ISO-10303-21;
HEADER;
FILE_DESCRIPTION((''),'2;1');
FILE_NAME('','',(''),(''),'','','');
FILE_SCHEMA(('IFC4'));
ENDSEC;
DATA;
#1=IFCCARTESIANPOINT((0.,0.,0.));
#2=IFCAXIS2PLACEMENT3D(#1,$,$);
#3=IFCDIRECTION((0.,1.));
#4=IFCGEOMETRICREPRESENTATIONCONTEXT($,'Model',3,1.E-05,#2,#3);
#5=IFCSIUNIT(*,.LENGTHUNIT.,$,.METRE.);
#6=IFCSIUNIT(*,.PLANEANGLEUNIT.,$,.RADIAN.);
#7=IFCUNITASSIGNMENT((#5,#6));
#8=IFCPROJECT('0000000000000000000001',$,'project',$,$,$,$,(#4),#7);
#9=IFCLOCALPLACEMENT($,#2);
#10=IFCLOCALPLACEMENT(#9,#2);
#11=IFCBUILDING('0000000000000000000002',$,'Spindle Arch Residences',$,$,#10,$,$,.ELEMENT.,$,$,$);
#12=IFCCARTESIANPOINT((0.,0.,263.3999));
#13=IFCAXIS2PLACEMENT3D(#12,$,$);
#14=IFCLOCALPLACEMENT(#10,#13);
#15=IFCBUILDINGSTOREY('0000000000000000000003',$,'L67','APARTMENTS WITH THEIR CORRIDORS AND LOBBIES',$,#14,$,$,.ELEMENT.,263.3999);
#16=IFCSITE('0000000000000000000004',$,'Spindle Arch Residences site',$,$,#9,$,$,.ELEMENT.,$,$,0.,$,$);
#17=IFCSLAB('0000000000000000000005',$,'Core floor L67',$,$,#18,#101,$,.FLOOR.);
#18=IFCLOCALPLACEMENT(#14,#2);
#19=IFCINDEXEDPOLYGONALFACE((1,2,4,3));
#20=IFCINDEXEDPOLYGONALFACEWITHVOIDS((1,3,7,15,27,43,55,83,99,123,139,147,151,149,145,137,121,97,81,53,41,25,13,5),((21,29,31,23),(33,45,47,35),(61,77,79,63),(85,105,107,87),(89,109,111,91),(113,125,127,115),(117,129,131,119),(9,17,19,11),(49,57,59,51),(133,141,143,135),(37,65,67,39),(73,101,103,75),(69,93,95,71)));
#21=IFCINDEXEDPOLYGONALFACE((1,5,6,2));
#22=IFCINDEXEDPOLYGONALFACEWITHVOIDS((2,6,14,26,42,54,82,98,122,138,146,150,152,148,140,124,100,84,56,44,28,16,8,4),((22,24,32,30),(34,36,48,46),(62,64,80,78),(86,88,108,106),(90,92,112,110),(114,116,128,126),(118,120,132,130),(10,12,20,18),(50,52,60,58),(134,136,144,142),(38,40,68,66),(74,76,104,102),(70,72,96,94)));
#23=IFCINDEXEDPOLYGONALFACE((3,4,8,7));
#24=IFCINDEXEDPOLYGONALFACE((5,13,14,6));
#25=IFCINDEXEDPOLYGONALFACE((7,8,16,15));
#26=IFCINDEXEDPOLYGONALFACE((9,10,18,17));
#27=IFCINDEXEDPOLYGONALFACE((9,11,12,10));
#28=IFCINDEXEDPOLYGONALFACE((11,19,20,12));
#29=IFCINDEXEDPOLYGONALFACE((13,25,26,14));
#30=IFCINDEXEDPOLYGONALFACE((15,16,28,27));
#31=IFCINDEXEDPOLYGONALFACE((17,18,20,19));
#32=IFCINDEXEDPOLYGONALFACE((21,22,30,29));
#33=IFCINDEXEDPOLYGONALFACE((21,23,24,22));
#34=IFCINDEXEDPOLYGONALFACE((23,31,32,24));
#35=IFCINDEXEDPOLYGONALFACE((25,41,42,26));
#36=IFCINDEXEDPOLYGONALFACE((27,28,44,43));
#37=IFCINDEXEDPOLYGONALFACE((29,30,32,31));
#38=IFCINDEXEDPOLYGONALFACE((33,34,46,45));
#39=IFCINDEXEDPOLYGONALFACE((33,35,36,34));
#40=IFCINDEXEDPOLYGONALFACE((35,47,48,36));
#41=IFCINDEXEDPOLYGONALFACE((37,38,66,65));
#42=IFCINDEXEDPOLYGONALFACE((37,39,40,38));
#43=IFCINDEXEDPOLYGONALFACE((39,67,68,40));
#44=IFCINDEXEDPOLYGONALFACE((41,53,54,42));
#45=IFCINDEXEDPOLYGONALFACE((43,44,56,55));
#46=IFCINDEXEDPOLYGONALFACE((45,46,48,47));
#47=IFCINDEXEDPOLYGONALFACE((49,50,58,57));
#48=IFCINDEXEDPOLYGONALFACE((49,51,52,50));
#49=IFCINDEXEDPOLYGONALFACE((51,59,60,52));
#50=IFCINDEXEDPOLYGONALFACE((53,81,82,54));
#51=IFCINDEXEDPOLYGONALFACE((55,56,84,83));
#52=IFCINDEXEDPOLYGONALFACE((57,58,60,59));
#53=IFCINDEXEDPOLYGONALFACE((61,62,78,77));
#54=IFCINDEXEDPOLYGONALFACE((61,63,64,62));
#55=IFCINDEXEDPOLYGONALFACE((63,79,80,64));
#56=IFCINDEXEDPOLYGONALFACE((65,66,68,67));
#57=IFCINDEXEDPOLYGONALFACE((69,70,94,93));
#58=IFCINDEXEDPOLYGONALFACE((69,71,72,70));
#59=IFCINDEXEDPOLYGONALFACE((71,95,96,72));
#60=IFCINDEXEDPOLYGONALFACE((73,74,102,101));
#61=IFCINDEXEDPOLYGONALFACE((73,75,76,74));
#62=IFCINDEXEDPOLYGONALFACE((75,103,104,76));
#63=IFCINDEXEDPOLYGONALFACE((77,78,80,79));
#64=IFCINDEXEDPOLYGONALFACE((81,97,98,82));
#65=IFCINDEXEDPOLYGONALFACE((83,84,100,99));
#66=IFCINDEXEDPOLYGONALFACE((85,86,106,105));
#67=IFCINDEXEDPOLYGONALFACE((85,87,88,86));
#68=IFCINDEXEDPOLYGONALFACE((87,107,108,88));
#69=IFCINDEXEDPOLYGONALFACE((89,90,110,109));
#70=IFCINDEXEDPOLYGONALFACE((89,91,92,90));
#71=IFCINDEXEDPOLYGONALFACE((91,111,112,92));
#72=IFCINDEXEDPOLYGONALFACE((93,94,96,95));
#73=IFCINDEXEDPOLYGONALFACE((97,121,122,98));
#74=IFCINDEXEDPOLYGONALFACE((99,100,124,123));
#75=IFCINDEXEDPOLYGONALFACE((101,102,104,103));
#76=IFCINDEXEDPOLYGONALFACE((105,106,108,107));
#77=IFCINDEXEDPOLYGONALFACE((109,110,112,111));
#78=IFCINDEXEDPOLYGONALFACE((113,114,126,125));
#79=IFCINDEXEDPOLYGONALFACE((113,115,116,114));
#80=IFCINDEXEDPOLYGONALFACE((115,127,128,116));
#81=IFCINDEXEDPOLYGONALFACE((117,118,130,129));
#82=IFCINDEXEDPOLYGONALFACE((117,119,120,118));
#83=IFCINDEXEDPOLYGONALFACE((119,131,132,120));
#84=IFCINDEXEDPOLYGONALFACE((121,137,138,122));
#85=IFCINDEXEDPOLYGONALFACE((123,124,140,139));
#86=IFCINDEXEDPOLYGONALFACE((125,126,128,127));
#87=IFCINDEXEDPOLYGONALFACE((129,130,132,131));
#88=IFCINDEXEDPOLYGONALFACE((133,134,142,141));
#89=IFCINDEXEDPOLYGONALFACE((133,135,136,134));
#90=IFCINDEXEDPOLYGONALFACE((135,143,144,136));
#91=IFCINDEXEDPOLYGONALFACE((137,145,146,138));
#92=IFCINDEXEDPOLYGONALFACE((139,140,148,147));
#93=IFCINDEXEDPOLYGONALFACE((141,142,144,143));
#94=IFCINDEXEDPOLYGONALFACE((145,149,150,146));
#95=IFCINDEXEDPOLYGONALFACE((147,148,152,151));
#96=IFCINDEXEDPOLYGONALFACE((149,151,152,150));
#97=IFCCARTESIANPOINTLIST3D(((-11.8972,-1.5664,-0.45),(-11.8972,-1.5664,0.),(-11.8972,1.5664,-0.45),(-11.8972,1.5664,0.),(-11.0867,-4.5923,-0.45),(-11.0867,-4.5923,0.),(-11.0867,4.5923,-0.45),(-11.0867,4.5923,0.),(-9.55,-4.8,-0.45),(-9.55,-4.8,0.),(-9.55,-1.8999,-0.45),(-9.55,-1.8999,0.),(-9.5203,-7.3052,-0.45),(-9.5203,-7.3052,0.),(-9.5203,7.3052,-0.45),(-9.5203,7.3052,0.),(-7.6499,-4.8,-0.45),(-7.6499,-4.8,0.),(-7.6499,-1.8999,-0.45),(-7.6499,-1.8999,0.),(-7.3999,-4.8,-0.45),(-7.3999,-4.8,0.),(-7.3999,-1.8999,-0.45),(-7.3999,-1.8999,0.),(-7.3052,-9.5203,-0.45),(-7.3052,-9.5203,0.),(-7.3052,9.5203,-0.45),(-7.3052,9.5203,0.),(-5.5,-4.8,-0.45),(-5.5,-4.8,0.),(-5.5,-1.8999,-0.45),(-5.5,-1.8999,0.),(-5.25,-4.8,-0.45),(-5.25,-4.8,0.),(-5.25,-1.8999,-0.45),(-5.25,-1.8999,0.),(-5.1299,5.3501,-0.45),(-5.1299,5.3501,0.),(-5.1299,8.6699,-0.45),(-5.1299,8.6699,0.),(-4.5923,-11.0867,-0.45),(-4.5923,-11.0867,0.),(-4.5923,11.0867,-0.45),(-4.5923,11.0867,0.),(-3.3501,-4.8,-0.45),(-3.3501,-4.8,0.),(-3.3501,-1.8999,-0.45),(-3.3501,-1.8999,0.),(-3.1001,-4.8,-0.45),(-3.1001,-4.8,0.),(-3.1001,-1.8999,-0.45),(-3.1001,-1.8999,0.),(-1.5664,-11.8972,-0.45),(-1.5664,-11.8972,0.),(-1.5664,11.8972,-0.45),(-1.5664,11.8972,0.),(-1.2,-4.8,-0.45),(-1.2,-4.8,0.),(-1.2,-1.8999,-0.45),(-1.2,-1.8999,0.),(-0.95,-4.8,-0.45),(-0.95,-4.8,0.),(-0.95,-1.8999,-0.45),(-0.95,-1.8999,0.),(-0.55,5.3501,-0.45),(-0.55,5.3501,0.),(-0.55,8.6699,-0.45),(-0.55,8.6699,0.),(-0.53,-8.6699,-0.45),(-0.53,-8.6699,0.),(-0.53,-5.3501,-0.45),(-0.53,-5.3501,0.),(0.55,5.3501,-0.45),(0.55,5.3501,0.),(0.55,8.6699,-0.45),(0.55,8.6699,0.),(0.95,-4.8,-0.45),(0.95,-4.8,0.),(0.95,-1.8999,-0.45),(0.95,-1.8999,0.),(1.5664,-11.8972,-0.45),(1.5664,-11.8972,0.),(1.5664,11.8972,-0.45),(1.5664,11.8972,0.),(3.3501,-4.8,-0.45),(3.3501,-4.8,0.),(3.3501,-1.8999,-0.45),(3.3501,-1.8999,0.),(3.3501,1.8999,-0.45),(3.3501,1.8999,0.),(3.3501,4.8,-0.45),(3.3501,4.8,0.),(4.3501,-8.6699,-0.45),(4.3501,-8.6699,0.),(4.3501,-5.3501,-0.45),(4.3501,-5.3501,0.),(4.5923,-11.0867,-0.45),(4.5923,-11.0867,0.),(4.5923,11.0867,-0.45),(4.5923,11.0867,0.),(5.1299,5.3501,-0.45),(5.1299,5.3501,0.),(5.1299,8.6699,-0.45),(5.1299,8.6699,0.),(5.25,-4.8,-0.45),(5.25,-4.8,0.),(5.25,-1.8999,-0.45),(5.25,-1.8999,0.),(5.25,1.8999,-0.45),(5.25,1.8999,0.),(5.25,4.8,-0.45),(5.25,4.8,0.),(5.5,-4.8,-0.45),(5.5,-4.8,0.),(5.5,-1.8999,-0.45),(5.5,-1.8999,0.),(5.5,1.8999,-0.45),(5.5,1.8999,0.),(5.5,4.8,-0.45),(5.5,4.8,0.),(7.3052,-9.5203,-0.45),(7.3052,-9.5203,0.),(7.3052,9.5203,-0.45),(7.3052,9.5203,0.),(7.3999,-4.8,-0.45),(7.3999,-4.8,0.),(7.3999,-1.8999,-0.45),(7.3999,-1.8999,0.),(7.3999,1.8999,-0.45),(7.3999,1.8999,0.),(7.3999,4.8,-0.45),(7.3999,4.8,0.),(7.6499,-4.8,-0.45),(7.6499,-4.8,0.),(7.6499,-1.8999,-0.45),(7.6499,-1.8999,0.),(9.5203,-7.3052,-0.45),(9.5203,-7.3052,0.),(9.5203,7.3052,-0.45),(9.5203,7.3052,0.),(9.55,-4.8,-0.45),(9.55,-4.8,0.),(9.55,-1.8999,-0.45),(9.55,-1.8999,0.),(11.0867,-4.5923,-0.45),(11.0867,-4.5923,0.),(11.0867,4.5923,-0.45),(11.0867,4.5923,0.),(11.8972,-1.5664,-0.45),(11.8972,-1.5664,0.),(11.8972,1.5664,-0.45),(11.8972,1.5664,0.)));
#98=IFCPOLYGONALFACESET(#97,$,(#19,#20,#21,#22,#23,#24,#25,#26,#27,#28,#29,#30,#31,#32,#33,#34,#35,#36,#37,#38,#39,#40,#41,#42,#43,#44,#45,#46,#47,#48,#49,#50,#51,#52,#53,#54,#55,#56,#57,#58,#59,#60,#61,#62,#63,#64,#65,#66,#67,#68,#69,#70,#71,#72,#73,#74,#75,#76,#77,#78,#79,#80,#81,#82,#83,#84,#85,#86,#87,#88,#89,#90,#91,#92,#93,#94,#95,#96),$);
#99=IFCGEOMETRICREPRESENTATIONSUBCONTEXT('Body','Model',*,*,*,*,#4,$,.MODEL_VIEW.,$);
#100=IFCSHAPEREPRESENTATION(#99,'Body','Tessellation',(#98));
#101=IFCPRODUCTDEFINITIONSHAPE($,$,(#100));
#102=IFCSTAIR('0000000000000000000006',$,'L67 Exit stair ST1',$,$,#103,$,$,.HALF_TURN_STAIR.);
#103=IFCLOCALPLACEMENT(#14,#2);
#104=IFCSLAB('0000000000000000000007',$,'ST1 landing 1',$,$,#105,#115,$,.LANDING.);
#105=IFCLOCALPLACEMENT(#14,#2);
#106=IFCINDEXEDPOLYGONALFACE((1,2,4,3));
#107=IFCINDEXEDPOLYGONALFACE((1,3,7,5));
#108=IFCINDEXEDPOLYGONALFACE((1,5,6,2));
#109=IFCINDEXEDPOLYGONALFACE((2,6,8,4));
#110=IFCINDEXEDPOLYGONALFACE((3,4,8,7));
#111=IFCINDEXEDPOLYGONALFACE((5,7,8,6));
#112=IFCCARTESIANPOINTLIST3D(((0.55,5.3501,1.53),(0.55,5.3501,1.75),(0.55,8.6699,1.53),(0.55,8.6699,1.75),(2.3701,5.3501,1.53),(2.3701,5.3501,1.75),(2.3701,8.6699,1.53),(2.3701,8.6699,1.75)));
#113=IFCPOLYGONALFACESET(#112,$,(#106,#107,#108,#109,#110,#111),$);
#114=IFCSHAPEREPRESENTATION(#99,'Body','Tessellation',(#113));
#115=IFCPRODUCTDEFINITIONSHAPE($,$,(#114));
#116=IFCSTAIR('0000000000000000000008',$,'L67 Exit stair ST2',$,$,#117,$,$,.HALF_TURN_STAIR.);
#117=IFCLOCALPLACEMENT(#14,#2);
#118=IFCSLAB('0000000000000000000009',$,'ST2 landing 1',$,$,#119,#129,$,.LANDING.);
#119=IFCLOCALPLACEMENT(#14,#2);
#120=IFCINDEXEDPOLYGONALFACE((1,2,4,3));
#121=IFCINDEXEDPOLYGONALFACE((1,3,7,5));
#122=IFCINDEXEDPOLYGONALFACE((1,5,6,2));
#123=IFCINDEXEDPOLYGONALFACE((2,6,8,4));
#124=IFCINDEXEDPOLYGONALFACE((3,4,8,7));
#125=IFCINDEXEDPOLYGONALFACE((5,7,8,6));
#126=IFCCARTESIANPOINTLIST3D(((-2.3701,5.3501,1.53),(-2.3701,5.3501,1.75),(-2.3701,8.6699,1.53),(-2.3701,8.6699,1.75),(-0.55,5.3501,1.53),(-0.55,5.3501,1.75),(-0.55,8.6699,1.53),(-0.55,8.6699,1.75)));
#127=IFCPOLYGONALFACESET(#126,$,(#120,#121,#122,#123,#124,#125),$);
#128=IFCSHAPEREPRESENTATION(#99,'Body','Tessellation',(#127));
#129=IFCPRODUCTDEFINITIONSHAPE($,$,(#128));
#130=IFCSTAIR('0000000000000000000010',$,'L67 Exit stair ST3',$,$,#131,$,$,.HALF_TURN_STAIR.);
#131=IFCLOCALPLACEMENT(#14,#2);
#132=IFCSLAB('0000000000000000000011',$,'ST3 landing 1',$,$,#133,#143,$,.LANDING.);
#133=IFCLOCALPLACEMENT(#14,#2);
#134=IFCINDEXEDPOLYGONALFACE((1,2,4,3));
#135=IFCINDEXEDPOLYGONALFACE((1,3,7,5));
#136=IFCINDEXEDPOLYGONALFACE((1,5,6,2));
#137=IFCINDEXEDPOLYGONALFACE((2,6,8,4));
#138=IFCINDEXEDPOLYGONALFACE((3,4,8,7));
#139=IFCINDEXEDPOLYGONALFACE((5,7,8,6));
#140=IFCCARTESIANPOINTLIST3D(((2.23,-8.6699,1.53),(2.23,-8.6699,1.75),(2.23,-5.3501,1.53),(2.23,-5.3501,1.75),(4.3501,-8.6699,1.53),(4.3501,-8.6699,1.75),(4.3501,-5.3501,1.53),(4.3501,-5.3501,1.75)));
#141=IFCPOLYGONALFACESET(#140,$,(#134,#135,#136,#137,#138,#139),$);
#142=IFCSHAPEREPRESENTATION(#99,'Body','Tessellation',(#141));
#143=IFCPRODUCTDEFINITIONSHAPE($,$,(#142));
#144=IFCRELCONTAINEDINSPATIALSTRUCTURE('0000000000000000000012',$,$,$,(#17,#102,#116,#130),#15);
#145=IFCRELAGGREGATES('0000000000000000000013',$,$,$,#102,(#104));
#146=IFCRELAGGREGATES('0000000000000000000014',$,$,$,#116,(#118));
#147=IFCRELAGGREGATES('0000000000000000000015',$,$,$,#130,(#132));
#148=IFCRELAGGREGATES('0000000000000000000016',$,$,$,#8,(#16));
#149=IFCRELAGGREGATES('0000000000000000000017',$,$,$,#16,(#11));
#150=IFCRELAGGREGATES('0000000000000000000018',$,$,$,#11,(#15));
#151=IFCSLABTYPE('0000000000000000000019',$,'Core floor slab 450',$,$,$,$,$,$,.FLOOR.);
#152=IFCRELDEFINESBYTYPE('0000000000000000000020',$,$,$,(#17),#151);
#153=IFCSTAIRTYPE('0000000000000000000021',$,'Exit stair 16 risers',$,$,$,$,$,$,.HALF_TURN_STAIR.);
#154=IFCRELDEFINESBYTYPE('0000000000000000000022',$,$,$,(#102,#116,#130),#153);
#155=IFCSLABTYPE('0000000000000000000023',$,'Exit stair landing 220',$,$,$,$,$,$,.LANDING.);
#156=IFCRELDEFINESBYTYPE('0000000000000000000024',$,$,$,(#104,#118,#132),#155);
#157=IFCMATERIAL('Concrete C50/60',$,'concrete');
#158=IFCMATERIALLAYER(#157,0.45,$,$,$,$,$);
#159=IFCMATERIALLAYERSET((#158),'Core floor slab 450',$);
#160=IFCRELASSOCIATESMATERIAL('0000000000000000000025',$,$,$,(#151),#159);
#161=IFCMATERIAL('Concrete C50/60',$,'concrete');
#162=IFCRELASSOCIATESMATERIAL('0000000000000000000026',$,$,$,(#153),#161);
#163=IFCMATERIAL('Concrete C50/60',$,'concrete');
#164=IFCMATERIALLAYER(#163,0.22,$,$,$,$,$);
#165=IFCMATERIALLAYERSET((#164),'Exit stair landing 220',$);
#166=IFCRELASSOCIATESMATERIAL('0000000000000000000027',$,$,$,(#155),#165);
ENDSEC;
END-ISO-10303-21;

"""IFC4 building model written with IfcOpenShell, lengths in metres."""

from ifc_helpers import new_model, si_unit, direction, frame, origin, place, context, subcontext, project, spatial, polyline, outline, extrude, material, layer, layer_set, type_object, element, aggregate, save


model = new_model("IFC4")

# Units and contexts
model_context = context("Model", 3, precision=1e-05, world=origin(), true_north=direction((0.0, 1.0)))
body_context = subcontext(model_context, "Body", "Model", "MODEL_VIEW")
ifc_project = project(units=[si_unit("LENGTHUNIT", "METRE"), si_unit("PLANEANGLEUNIT", "RADIAN")], contexts=[model_context])

# Site, building, storey
site_placement = place(None, origin())
site = spatial("IfcSite", under=ifc_project, at=site_placement, Name="Spindle Arch Residences site", CompositionType="ELEMENT", RefElevation=0.0)
building_placement = place(site_placement, origin())
building = spatial("IfcBuilding", under=site, at=building_placement, Name="Spindle Arch Residences", CompositionType="ELEMENT")
storey_placement = place(building_placement, frame((0.0, 0.0, 263.3999)))
storey = spatial("IfcBuildingStorey", under=building, at=storey_placement, Name="L67", Description="APARTMENTS WITH THEIR CORRIDORS AND LOBBIES", CompositionType="ELEMENT", Elevation=263.3999)

# Slab
ifc_material_1 = material(Name="Concrete C50/60", Category="concrete")
ifc_layer_1 = layer(ifc_material_1, 0.45)
ifc_layer_set_1 = layer_set([ifc_layer_1], Name="Core floor slab 450")
slab_type_1 = type_object("IfcSlabType", Name="Core floor slab 450", PredefinedType="FLOOR", material=ifc_layer_set_1)
slab_1_placement = place(storey_placement, frame((0.0, 0.0, -0.45)))
element("IfcSlab", 1, at=slab_1_placement, inside=storey, type_object=slab_type_1, Name="Core floor L67", PredefinedType="FLOOR", context=body_context, shape_type="SweptSolid", body=[
    extrude(outline(polyline([(1.5664, -11.8972), (4.5923, -11.0867), (7.3052, -9.5203), (9.5203, -7.3052), (11.0867, -4.5923), (11.8972, -1.5664), (11.8972, 1.5664), (11.0867, 4.5923), (9.5203, 7.3052), (7.3052, 9.5203), (4.5923, 11.0867), (1.5664, 11.8972), (-1.5664, 11.8972), (-4.5923, 11.0867), (-7.3052, 9.5203), (-9.5203, 7.3052), (-11.0867, 4.5923), (-11.8972, 1.5664), (-11.8972, -1.5664), (-11.0867, -4.5923), (-9.5203, -7.3052), (-7.3052, -9.5203), (-4.5923, -11.0867), (-1.5664, -11.8972), (1.5664, -11.8972)]), holes=[polyline([(3.3501, 1.8999), (5.25, 1.8999), (5.25, 4.8), (3.3501, 4.8), (3.3501, 1.8999)]), polyline([(5.5, 1.8999), (7.3999, 1.8999), (7.3999, 4.8), (5.5, 4.8), (5.5, 1.8999)]), polyline([(-9.55, -4.8), (-7.6499, -4.8), (-7.6499, -1.8999), (-9.55, -1.8999), (-9.55, -4.8)]), polyline([(-7.3999, -4.8), (-5.5, -4.8), (-5.5, -1.8999), (-7.3999, -1.8999), (-7.3999, -4.8)]), polyline([(-5.25, -4.8), (-3.3501, -4.8), (-3.3501, -1.8999), (-5.25, -1.8999), (-5.25, -4.8)]), polyline([(-3.1001, -4.8), (-1.2, -4.8), (-1.2, -1.8999), (-3.1001, -1.8999), (-3.1001, -4.8)]), polyline([(-0.95, -4.8), (0.95, -4.8), (0.95, -1.8999), (-0.95, -1.8999), (-0.95, -4.8)]), polyline([(3.3501, -4.8), (5.25, -4.8), (5.25, -1.8999), (3.3501, -1.8999), (3.3501, -4.8)]), polyline([(5.5, -4.8), (7.3999, -4.8), (7.3999, -1.8999), (5.5, -1.8999), (5.5, -4.8)]), polyline([(7.6499, -4.8), (9.55, -4.8), (9.55, -1.8999), (7.6499, -1.8999), (7.6499, -4.8)]), polyline([(5.1299, 8.6699), (0.55, 8.6699), (0.55, 5.3501), (5.1299, 5.3501), (5.1299, 8.6699)]), polyline([(-5.1299, 5.3501), (-0.55, 5.3501), (-0.55, 8.6699), (-5.1299, 8.6699), (-5.1299, 5.3501)]), polyline([(-0.53, -8.6699), (4.3501, -8.6699), (4.3501, -5.3501), (-0.53, -5.3501), (-0.53, -8.6699)])]), origin(), (0.0, 0.0, 1.0), 0.45),
])

# Stairs, slabs
ifc_material_2 = material(Name="Concrete C50/60", Category="concrete")
stair_type = type_object("IfcStairType", Name="Exit stair 16 risers", PredefinedType="HALF_TURN_STAIR", material=ifc_material_2)
stair_1_placement = place(storey_placement, origin())
stair_1 = element("IfcStair", 2, at=stair_1_placement, inside=storey, type_object=stair_type, Name="L67 Exit stair ST1", PredefinedType="HALF_TURN_STAIR")
ifc_material_3 = material(Name="Concrete C50/60", Category="concrete")
ifc_layer_2 = layer(ifc_material_3, 0.22)
ifc_layer_set_2 = layer_set([ifc_layer_2], Name="Exit stair landing 220")
slab_type_2 = type_object("IfcSlabType", Name="Exit stair landing 220", PredefinedType="LANDING", material=ifc_layer_set_2)
slab_2_placement = place(storey_placement, frame((0.0, 0.0, 1.53)))
slab_2 = element("IfcSlab", 3, at=slab_2_placement, type_object=slab_type_2, Name="ST1 landing 1", PredefinedType="LANDING", context=body_context, shape_type="SweptSolid", body=[
    extrude(outline(polyline([(2.3701, 8.6699), (0.55, 8.6699), (0.55, 5.3501), (2.3701, 5.3501), (2.3701, 8.6699)])), origin(), (0.0, 0.0, 1.0), 0.22),
])
aggregate(stair_1, [slab_2])
stair_2_placement = place(storey_placement, origin())
stair_2 = element("IfcStair", 4, at=stair_2_placement, inside=storey, type_object=stair_type, Name="L67 Exit stair ST2", PredefinedType="HALF_TURN_STAIR")
slab_3_placement = place(storey_placement, frame((0.0, 0.0, 1.53)))
slab_3 = element("IfcSlab", 5, at=slab_3_placement, type_object=slab_type_2, Name="ST2 landing 1", PredefinedType="LANDING", context=body_context, shape_type="SweptSolid", body=[
    extrude(outline(polyline([(-2.3701, 5.3501), (-0.55, 5.3501), (-0.55, 8.6699), (-2.3701, 8.6699), (-2.3701, 5.3501)])), origin(), (0.0, 0.0, 1.0), 0.22),
])
aggregate(stair_2, [slab_3])
stair_3_placement = place(storey_placement, origin())
stair_3 = element("IfcStair", 6, at=stair_3_placement, inside=storey, type_object=stair_type, Name="L67 Exit stair ST3", PredefinedType="HALF_TURN_STAIR")
slab_4_placement = place(storey_placement, frame((0.0, 0.0, 1.53)))
slab_4 = element("IfcSlab", 7, at=slab_4_placement, type_object=slab_type_2, Name="ST3 landing 1", PredefinedType="LANDING", context=body_context, shape_type="SweptSolid", body=[
    extrude(outline(polyline([(2.23, -8.6699), (4.3501, -8.6699), (4.3501, -5.3501), (2.23, -5.3501), (2.23, -8.6699)])), origin(), (0.0, 0.0, 1.0), 0.22),
])

aggregate(stair_3, [slab_4])

save(model, "model.ifc")
